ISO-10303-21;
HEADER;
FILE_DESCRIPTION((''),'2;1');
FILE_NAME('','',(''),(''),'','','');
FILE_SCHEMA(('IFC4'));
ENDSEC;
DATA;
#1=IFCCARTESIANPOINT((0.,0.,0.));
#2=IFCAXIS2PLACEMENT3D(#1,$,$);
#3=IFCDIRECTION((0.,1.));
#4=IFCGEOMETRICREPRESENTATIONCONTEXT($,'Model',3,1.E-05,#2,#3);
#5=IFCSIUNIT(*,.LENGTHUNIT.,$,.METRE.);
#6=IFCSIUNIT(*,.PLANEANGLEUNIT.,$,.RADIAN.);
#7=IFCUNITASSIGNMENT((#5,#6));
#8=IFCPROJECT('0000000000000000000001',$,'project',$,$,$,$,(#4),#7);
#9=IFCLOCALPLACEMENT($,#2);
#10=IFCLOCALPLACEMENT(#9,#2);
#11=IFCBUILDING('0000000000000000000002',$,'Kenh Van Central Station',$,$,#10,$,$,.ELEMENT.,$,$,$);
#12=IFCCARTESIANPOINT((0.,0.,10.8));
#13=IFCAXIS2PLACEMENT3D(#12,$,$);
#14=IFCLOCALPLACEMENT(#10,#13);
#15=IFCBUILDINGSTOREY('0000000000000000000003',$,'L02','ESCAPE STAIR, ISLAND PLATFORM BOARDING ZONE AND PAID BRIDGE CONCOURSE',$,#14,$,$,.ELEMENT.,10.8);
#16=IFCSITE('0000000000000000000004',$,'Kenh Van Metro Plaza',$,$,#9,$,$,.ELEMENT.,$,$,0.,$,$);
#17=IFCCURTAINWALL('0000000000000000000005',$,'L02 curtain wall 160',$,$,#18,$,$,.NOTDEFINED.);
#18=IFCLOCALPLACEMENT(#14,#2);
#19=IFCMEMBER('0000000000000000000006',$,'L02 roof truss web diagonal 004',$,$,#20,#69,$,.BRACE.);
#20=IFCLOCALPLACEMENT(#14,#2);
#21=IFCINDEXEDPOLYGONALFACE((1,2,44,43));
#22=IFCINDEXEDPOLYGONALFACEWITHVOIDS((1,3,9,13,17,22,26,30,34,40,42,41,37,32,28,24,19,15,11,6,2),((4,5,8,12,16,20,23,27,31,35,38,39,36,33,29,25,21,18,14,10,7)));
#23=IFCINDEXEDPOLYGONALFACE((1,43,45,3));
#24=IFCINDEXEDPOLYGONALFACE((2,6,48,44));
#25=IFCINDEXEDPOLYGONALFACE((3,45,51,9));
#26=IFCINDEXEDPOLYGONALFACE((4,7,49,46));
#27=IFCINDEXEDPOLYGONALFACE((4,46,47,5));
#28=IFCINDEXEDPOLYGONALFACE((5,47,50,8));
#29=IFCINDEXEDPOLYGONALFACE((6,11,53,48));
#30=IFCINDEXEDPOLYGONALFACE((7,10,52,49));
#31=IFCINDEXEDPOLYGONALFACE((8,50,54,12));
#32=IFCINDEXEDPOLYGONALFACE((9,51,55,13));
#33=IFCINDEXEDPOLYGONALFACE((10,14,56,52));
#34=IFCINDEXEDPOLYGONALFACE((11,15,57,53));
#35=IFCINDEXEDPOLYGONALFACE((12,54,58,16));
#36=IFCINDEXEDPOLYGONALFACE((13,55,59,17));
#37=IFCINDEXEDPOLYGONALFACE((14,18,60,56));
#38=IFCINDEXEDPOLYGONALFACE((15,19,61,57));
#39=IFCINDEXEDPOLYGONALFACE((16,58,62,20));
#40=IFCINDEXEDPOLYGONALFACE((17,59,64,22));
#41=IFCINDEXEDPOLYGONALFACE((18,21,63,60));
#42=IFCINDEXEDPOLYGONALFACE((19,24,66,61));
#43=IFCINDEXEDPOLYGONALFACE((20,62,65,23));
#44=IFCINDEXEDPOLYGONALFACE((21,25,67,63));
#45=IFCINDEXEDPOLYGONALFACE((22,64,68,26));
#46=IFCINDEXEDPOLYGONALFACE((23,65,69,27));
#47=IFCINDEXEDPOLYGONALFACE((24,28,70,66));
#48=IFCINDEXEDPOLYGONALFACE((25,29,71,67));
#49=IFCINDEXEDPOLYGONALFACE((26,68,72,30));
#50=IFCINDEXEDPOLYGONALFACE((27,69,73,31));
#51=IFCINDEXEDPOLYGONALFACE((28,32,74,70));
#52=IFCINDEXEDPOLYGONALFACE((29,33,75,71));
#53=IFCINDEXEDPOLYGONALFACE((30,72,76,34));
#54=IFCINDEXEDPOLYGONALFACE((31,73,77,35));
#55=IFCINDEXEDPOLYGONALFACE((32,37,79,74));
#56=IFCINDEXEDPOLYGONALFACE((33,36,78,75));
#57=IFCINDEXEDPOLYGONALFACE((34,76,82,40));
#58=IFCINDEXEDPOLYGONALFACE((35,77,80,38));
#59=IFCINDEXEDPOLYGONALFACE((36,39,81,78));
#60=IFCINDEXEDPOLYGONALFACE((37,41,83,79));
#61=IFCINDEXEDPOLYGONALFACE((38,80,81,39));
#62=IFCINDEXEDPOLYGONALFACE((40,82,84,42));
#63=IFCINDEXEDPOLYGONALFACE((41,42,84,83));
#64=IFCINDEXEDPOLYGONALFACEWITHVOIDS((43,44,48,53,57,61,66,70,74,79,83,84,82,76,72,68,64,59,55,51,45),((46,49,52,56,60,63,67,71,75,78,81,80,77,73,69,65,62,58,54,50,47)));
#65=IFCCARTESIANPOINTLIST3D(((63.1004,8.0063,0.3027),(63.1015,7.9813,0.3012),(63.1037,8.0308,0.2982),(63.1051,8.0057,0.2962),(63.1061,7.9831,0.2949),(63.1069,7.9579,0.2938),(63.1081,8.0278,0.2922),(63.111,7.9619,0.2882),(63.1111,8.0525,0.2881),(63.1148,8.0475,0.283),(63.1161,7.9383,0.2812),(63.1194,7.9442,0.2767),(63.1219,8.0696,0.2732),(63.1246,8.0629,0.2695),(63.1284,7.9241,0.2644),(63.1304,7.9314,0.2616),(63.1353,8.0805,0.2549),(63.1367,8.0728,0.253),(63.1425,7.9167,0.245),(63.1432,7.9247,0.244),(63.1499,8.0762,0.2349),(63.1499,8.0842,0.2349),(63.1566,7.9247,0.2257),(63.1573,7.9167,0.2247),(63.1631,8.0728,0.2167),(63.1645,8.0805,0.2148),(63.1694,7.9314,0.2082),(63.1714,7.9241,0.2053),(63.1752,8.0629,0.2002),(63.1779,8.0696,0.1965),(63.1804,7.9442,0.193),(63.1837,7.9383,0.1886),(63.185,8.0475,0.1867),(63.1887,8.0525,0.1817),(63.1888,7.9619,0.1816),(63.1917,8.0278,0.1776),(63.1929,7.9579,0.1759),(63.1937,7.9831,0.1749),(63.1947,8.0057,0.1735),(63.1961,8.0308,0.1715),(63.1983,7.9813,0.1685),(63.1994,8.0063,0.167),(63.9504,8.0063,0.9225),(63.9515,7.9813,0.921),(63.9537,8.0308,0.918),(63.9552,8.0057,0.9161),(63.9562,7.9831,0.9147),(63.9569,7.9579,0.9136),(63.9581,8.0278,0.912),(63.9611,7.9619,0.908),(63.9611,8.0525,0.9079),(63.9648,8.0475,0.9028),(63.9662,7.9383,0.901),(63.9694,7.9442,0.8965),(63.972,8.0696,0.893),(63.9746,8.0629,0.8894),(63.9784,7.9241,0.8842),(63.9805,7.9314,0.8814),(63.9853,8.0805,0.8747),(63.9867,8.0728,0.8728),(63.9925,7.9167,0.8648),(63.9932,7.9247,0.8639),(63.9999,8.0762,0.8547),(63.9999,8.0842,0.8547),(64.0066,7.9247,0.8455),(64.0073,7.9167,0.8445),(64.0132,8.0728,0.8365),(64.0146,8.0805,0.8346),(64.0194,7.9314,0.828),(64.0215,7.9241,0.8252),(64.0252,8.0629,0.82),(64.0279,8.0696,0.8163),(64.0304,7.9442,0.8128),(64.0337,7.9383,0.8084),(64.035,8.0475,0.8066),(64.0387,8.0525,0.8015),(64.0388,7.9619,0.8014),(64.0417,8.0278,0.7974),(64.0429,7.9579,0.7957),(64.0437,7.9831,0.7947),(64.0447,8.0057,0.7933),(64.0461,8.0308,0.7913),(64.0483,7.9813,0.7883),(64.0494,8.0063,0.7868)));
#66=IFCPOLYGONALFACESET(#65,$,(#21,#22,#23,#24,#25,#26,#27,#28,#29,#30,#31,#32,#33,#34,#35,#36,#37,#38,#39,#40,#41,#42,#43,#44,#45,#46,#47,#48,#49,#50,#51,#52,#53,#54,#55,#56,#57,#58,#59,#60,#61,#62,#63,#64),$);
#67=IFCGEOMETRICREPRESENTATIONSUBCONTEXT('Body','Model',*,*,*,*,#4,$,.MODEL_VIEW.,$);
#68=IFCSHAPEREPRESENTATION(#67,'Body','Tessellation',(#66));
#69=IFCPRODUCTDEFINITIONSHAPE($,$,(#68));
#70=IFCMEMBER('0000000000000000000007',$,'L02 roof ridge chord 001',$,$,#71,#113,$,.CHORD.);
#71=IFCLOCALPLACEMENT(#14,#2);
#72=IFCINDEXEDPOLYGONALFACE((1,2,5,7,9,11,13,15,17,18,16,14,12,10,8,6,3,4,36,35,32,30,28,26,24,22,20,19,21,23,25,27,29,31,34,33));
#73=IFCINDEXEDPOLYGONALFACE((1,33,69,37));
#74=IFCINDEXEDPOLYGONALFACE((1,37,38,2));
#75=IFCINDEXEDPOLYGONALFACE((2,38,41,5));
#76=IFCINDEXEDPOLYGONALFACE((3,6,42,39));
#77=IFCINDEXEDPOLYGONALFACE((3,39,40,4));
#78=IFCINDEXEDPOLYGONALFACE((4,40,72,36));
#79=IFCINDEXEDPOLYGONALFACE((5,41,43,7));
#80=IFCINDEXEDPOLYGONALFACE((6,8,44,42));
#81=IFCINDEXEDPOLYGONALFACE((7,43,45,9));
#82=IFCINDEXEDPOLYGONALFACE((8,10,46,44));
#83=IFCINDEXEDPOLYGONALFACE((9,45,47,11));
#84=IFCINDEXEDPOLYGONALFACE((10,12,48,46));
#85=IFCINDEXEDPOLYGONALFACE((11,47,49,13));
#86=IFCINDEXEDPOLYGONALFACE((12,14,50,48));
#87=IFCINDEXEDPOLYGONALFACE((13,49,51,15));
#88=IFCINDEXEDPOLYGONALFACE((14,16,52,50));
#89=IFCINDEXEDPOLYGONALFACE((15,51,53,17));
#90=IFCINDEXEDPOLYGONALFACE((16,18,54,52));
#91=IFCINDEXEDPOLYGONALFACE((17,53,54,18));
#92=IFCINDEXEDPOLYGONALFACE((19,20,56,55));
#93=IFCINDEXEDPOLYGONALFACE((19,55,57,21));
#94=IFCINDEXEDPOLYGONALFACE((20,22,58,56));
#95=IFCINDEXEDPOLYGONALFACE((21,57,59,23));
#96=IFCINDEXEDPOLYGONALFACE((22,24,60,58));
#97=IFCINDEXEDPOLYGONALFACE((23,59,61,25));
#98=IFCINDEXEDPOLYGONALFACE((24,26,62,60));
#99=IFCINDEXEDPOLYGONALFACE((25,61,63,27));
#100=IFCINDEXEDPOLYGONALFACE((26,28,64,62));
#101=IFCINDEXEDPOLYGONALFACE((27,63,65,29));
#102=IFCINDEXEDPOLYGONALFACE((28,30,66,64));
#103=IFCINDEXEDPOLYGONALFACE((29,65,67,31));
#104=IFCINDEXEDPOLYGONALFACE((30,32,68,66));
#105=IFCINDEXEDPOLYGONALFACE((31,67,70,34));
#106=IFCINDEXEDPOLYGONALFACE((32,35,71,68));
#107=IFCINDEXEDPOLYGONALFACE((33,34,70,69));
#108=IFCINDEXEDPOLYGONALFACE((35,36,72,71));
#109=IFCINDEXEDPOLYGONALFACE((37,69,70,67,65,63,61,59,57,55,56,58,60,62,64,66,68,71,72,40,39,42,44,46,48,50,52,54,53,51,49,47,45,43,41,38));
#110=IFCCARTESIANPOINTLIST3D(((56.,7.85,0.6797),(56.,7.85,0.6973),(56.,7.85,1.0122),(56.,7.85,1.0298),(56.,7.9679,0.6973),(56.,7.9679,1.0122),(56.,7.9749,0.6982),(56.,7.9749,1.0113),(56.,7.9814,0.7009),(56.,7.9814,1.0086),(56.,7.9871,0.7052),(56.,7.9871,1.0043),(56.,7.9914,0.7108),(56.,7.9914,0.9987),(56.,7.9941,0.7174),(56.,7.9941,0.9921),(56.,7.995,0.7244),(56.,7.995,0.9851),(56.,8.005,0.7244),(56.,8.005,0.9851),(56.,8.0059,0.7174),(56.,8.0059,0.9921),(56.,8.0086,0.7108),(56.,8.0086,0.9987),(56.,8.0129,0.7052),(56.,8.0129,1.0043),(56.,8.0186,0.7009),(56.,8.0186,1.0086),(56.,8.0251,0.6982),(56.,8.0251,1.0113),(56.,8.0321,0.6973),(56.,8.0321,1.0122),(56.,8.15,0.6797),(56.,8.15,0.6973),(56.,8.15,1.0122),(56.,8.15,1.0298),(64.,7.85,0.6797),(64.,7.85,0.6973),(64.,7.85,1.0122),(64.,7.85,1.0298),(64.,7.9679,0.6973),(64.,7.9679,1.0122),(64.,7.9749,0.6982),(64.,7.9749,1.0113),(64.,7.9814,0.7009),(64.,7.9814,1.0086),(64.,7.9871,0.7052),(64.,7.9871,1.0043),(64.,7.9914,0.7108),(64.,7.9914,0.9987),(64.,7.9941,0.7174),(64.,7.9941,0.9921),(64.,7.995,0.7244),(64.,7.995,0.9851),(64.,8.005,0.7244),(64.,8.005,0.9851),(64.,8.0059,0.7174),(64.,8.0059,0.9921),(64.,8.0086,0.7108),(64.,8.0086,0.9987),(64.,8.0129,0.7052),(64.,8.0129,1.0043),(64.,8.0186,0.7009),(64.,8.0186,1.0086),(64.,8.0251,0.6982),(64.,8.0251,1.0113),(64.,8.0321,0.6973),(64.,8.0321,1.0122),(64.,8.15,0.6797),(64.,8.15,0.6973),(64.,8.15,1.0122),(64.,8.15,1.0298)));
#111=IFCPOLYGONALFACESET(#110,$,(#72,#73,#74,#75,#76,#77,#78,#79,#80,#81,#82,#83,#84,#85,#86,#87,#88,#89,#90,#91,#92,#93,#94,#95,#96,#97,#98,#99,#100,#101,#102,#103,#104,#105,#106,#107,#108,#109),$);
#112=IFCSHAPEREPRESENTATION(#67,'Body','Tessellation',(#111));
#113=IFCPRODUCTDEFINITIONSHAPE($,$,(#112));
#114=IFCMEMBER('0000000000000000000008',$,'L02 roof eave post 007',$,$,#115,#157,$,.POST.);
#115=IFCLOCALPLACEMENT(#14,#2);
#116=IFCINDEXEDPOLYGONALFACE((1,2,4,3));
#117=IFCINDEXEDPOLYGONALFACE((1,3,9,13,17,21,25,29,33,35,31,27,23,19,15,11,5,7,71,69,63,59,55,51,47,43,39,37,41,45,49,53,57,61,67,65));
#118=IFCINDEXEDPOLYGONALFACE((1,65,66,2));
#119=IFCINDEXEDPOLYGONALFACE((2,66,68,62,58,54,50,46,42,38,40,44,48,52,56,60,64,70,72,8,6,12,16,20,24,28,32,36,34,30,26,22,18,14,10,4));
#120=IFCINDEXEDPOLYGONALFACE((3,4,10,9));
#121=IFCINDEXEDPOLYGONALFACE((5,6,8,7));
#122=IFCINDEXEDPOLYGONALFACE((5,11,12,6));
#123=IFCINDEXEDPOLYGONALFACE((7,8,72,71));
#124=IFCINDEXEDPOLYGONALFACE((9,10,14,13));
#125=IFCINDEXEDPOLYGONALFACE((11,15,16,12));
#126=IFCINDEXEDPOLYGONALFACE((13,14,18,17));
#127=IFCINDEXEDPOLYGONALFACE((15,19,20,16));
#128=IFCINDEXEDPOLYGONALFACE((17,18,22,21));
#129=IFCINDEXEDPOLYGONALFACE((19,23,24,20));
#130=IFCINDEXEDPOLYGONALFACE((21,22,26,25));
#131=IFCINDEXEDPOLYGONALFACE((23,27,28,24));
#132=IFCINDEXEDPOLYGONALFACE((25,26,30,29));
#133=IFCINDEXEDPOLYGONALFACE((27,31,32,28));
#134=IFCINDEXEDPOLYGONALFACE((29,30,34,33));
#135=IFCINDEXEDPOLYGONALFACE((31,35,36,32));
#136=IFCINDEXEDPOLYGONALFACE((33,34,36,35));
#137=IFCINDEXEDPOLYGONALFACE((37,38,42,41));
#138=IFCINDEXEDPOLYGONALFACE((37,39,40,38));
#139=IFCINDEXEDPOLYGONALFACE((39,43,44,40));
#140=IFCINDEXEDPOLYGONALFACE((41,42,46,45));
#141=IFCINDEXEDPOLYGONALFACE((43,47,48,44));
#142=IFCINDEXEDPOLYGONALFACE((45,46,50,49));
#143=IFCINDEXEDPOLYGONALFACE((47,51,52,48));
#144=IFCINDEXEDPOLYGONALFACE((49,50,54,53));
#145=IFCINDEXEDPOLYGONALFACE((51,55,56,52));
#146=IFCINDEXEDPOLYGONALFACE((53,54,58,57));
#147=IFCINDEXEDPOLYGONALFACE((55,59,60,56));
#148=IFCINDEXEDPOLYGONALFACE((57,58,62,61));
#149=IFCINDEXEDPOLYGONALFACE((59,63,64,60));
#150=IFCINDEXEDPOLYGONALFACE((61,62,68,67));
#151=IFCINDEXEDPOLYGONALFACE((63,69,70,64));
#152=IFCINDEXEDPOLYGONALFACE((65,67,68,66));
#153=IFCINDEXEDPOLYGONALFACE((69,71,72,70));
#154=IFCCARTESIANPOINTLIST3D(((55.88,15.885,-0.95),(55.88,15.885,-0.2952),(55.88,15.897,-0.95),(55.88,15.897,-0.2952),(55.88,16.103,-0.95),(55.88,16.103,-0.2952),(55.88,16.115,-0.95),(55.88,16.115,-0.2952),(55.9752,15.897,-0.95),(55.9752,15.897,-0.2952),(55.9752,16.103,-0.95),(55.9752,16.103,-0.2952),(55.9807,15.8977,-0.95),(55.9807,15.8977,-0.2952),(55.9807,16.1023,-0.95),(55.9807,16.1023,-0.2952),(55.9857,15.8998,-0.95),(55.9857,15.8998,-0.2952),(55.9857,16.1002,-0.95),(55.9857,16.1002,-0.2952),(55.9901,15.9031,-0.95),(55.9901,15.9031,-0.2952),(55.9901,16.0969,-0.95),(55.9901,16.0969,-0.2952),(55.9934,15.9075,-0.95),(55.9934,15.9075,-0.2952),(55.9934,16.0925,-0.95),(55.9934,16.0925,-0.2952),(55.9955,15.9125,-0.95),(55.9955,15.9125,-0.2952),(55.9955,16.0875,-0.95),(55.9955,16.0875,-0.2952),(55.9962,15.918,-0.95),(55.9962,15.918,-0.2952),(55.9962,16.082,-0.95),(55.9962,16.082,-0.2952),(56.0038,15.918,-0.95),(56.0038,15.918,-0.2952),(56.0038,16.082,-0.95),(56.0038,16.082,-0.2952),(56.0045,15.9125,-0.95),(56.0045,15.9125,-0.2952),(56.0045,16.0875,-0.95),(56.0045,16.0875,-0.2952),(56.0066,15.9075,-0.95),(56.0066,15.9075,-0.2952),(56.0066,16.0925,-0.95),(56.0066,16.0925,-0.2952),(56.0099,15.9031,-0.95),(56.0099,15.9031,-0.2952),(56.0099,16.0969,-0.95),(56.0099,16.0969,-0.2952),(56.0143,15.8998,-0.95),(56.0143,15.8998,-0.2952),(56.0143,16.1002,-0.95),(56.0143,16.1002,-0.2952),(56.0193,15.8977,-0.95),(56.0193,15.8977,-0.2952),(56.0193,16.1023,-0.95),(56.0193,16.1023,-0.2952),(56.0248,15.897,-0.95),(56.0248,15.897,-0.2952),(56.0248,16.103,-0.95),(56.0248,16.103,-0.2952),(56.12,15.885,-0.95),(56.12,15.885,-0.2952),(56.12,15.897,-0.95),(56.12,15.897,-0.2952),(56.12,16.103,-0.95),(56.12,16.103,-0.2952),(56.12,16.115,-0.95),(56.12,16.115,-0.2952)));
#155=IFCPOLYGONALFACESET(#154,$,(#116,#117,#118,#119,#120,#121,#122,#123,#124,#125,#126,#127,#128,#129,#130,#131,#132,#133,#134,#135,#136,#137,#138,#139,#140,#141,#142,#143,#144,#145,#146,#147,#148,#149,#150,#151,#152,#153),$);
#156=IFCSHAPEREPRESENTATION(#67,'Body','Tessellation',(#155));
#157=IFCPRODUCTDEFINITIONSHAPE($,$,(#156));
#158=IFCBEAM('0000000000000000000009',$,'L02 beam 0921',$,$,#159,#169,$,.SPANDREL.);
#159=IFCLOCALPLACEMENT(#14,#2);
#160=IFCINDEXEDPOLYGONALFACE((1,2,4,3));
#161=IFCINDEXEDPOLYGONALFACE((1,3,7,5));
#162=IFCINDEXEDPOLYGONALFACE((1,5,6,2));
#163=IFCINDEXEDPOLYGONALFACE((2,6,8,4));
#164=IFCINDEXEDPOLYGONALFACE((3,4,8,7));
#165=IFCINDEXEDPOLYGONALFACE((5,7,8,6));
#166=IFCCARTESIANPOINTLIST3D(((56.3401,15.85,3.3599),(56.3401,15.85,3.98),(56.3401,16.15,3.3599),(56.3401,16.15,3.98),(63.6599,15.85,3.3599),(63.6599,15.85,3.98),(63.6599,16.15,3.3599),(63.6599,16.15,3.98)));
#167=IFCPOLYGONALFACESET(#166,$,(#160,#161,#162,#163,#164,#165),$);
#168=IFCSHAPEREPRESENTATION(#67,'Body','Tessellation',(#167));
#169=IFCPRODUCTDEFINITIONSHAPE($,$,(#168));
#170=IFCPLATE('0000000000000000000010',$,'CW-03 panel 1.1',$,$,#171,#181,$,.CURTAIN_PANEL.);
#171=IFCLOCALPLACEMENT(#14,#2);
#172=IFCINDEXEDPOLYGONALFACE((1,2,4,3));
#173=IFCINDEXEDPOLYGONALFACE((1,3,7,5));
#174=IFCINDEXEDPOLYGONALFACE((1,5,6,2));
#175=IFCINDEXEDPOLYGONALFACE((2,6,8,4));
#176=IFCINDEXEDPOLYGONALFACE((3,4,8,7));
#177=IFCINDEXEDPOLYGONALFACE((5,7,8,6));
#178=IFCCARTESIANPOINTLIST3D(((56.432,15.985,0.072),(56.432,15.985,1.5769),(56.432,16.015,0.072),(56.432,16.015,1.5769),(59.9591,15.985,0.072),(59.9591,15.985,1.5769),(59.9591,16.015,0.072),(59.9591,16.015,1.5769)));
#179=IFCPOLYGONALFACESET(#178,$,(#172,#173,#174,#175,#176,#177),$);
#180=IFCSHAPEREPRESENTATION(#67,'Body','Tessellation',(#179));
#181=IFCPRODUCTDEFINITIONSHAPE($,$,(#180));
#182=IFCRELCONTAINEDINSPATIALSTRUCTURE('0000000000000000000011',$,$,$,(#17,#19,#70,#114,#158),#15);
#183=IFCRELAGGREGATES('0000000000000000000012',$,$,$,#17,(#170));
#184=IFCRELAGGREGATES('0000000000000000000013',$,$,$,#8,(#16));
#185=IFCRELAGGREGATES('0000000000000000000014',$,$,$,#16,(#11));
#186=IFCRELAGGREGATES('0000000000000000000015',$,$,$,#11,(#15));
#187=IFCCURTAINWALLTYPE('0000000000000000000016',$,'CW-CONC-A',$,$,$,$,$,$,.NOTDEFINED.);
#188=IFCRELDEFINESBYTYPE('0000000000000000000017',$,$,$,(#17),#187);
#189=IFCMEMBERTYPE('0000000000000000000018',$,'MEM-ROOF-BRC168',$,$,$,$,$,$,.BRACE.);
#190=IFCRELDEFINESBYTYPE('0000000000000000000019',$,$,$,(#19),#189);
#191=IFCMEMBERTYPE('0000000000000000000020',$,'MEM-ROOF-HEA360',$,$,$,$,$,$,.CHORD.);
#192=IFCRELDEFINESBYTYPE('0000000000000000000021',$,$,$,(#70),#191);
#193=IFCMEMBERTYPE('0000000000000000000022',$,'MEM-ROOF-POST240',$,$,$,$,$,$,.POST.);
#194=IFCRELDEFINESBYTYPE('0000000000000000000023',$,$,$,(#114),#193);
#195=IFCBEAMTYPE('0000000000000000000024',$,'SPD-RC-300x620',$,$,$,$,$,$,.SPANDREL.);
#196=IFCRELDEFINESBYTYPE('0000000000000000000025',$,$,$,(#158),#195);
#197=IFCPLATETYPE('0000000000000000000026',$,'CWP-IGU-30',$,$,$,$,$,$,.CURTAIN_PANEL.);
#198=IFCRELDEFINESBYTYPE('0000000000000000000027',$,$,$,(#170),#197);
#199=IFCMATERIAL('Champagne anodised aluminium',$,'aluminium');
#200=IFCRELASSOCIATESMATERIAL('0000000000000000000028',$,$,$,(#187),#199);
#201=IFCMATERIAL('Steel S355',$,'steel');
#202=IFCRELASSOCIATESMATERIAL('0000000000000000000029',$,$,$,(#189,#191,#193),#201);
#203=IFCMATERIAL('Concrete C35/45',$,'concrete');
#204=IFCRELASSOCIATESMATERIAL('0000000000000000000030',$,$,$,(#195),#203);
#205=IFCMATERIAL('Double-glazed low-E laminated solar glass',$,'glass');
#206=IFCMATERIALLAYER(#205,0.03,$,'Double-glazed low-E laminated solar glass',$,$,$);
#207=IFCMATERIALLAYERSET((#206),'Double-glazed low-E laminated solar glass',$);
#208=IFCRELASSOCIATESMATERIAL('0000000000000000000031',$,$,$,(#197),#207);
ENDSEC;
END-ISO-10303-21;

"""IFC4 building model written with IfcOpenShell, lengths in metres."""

from ifc_helpers import new_model, si_unit, direction, frame, origin, origin_2d, place, context, subcontext, project, spatial, rectangle, hollow_circle, i_section, extrude, material, layer, layer_set, material_profile, profile_set, type_object, element, aggregate, save


model = new_model("IFC4")

# Units and contexts
model_context = context("Model", 3, precision=1e-05, world=origin(), true_north=direction((0.0, 1.0)))
body_context = subcontext(model_context, "Body", "Model", "MODEL_VIEW")
ifc_project = project(units=[si_unit("LENGTHUNIT", "METRE"), si_unit("PLANEANGLEUNIT", "RADIAN")], contexts=[model_context])

# Site, building, storey
site_placement = place(None, origin())
site = spatial("IfcSite", under=ifc_project, at=site_placement, Name="Kenh Van Metro Plaza", CompositionType="ELEMENT", RefElevation=0.0)
building_placement = place(site_placement, origin())
building = spatial("IfcBuilding", under=site, at=building_placement, Name="Kenh Van Central Station", CompositionType="ELEMENT")
storey_placement = place(building_placement, frame((0.0, 0.0, 10.8)))
storey = spatial("IfcBuildingStorey", under=building, at=storey_placement, Name="L02", Description="ESCAPE STAIR, ISLAND PLATFORM BOARDING ZONE AND PAID BRIDGE CONCOURSE", CompositionType="ELEMENT", Elevation=10.8)

# Shared definitions
ifc_material_1 = material(Name="Steel S355", Category="steel")

# Curtain wall
ifc_material_2 = material(Name="Champagne anodised aluminium", Category="aluminium")
curtain_wall_type = type_object("IfcCurtainWallType", Name="CW-CONC-A", PredefinedType="NOTDEFINED", material=ifc_material_2)
curtain_wall_placement = place(storey_placement, origin())
curtain_wall = element("IfcCurtainWall", 1, at=curtain_wall_placement, inside=storey, type_object=curtain_wall_type, Name="L02 curtain wall 160", PredefinedType="NOTDEFINED")

# Members
ifc_material_profile_1 = material_profile(ifc_material_1, hollow_circle(Radius=0.0842, WallThickness=0.0081, at=origin_2d()), Name="CHS 168.3x8")
ifc_profile_set_1 = profile_set([ifc_material_profile_1], Name="Steel S355")
member_type_1 = type_object("IfcMemberType", Name="MEM-ROOF-BRC168", PredefinedType="BRACE", material=ifc_profile_set_1)
for number, where, z_axis, x_axis, name in (
    (2, (63.1499, 8.0, 0.2349), (0.808003, 0.0, 0.589178), (0.0, 1.0, 0.0), "L02 roof truss web diagonal 004"),
):
    element("IfcMember", number, at=place(storey_placement, frame(where, z_axis=z_axis, x_axis=x_axis)), inside=storey, type_object=member_type_1, Name=name, PredefinedType="BRACE", context=body_context, shape_type="SweptSolid", body=[
        extrude(hollow_circle(Radius=0.0842, WallThickness=0.0081, at=origin_2d()), origin(), (0.0, 0.0, 1.0), 1.052),
    ])
ifc_material_profile_2 = material_profile(ifc_material_1, i_section(OverallWidth=0.3, OverallDepth=0.3501, WebThickness=0.01, FlangeThickness=0.0176, FilletRadius=0.0271, at=origin_2d()), Name="HEA 360")
ifc_profile_set_2 = profile_set([ifc_material_profile_2], Name="Steel S355")
member_type_2 = type_object("IfcMemberType", Name="MEM-ROOF-HEA360", PredefinedType="CHORD", material=ifc_profile_set_2)
member_1_placement = place(storey_placement, frame((56.0, 8.0, 0.8547), z_axis=(1.0, 0.0, 0.0), x_axis=(0.0, 1.0, 0.0)))
element("IfcMember", 3, at=member_1_placement, inside=storey, type_object=member_type_2, Name="L02 roof ridge chord 001", PredefinedType="CHORD", context=body_context, shape_type="SweptSolid", body=[
    extrude(i_section(OverallWidth=0.3, OverallDepth=0.3501, WebThickness=0.01, FlangeThickness=0.0176, FilletRadius=0.0271, at=origin_2d()), origin(), (0.0, 0.0, 1.0), 8.0),
])
ifc_material_profile_3 = material_profile(ifc_material_1, i_section(OverallWidth=0.24, OverallDepth=0.23, WebThickness=0.0076, FlangeThickness=0.012, FilletRadius=0.021, at=origin_2d()), Name="HEA 240")
ifc_profile_set_3 = profile_set([ifc_material_profile_3], Name="Steel S355")
member_type_3 = type_object("IfcMemberType", Name="MEM-ROOF-POST240", PredefinedType="POST", material=ifc_profile_set_3)
member_2_placement = place(storey_placement, frame((56.0, 16.0, -0.95), z_axis=(0.0, 0.0, 1.0), x_axis=(1.0, 0.0, 0.0)))
element("IfcMember", 4, at=member_2_placement, inside=storey, type_object=member_type_3, Name="L02 roof eave post 007", PredefinedType="POST", context=body_context, shape_type="SweptSolid", body=[
    extrude(i_section(OverallWidth=0.24, OverallDepth=0.23, WebThickness=0.0076, FlangeThickness=0.012, FilletRadius=0.021, at=origin_2d()), origin(), (0.0, 0.0, 1.0), 0.6548),
])

# Beam
ifc_material_3 = material(Name="Concrete C35/45", Category="concrete")
ifc_material_profile_4 = material_profile(ifc_material_3, rectangle(XDim=0.3, YDim=0.6201, at=origin_2d()), Name="RC 300x620")
ifc_profile_set_4 = profile_set([ifc_material_profile_4], Name="Concrete C35/45")
beam_type_1 = type_object("IfcBeamType", Name="SPD-RC-300x620", PredefinedType="SPANDREL", material=ifc_profile_set_4)
beam_1_placement = place(storey_placement, frame((56.3401, 16.0, 3.6699), z_axis=(1.0, 0.0, 0.0), x_axis=(0.0, 1.0, 0.0)))
element("IfcBeam", 5, at=beam_1_placement, inside=storey, type_object=beam_type_1, Name="L02 beam 0921", PredefinedType="SPANDREL", context=body_context, shape_type="SweptSolid", body=[
    extrude(rectangle(XDim=0.3, YDim=0.6201, at=origin_2d()), origin(), (0.0, 0.0, 1.0), 7.3198),
])

# Plate
ifc_material_4 = material(Name="Double-glazed low-E laminated solar glass", Category="glass")
ifc_layer_1 = layer(ifc_material_4, 0.03, Name="Double-glazed low-E laminated solar glass")
ifc_layer_set_1 = layer_set([ifc_layer_1], Name="Double-glazed low-E laminated solar glass")
plate_type = type_object("IfcPlateType", Name="CWP-IGU-30", PredefinedType="CURTAIN_PANEL", material=ifc_layer_set_1)
plate_1_placement = place(storey_placement, frame((58.1956, 16.0, 0.072), z_axis=(0.0, 0.0, 1.0), x_axis=(1.0, 0.0, 0.0)))
plate_1 = element("IfcPlate", 6, at=plate_1_placement, type_object=plate_type, Name="CW-03 panel 1.1", PredefinedType="CURTAIN_PANEL", context=body_context, shape_type="SweptSolid", body=[
    extrude(rectangle(XDim=3.5271, YDim=0.03, at=origin_2d()), origin(), (0.0, 0.0, 1.0), 1.5049),
])
aggregate(curtain_wall, [plate_1])

save(model, "model.ifc")
